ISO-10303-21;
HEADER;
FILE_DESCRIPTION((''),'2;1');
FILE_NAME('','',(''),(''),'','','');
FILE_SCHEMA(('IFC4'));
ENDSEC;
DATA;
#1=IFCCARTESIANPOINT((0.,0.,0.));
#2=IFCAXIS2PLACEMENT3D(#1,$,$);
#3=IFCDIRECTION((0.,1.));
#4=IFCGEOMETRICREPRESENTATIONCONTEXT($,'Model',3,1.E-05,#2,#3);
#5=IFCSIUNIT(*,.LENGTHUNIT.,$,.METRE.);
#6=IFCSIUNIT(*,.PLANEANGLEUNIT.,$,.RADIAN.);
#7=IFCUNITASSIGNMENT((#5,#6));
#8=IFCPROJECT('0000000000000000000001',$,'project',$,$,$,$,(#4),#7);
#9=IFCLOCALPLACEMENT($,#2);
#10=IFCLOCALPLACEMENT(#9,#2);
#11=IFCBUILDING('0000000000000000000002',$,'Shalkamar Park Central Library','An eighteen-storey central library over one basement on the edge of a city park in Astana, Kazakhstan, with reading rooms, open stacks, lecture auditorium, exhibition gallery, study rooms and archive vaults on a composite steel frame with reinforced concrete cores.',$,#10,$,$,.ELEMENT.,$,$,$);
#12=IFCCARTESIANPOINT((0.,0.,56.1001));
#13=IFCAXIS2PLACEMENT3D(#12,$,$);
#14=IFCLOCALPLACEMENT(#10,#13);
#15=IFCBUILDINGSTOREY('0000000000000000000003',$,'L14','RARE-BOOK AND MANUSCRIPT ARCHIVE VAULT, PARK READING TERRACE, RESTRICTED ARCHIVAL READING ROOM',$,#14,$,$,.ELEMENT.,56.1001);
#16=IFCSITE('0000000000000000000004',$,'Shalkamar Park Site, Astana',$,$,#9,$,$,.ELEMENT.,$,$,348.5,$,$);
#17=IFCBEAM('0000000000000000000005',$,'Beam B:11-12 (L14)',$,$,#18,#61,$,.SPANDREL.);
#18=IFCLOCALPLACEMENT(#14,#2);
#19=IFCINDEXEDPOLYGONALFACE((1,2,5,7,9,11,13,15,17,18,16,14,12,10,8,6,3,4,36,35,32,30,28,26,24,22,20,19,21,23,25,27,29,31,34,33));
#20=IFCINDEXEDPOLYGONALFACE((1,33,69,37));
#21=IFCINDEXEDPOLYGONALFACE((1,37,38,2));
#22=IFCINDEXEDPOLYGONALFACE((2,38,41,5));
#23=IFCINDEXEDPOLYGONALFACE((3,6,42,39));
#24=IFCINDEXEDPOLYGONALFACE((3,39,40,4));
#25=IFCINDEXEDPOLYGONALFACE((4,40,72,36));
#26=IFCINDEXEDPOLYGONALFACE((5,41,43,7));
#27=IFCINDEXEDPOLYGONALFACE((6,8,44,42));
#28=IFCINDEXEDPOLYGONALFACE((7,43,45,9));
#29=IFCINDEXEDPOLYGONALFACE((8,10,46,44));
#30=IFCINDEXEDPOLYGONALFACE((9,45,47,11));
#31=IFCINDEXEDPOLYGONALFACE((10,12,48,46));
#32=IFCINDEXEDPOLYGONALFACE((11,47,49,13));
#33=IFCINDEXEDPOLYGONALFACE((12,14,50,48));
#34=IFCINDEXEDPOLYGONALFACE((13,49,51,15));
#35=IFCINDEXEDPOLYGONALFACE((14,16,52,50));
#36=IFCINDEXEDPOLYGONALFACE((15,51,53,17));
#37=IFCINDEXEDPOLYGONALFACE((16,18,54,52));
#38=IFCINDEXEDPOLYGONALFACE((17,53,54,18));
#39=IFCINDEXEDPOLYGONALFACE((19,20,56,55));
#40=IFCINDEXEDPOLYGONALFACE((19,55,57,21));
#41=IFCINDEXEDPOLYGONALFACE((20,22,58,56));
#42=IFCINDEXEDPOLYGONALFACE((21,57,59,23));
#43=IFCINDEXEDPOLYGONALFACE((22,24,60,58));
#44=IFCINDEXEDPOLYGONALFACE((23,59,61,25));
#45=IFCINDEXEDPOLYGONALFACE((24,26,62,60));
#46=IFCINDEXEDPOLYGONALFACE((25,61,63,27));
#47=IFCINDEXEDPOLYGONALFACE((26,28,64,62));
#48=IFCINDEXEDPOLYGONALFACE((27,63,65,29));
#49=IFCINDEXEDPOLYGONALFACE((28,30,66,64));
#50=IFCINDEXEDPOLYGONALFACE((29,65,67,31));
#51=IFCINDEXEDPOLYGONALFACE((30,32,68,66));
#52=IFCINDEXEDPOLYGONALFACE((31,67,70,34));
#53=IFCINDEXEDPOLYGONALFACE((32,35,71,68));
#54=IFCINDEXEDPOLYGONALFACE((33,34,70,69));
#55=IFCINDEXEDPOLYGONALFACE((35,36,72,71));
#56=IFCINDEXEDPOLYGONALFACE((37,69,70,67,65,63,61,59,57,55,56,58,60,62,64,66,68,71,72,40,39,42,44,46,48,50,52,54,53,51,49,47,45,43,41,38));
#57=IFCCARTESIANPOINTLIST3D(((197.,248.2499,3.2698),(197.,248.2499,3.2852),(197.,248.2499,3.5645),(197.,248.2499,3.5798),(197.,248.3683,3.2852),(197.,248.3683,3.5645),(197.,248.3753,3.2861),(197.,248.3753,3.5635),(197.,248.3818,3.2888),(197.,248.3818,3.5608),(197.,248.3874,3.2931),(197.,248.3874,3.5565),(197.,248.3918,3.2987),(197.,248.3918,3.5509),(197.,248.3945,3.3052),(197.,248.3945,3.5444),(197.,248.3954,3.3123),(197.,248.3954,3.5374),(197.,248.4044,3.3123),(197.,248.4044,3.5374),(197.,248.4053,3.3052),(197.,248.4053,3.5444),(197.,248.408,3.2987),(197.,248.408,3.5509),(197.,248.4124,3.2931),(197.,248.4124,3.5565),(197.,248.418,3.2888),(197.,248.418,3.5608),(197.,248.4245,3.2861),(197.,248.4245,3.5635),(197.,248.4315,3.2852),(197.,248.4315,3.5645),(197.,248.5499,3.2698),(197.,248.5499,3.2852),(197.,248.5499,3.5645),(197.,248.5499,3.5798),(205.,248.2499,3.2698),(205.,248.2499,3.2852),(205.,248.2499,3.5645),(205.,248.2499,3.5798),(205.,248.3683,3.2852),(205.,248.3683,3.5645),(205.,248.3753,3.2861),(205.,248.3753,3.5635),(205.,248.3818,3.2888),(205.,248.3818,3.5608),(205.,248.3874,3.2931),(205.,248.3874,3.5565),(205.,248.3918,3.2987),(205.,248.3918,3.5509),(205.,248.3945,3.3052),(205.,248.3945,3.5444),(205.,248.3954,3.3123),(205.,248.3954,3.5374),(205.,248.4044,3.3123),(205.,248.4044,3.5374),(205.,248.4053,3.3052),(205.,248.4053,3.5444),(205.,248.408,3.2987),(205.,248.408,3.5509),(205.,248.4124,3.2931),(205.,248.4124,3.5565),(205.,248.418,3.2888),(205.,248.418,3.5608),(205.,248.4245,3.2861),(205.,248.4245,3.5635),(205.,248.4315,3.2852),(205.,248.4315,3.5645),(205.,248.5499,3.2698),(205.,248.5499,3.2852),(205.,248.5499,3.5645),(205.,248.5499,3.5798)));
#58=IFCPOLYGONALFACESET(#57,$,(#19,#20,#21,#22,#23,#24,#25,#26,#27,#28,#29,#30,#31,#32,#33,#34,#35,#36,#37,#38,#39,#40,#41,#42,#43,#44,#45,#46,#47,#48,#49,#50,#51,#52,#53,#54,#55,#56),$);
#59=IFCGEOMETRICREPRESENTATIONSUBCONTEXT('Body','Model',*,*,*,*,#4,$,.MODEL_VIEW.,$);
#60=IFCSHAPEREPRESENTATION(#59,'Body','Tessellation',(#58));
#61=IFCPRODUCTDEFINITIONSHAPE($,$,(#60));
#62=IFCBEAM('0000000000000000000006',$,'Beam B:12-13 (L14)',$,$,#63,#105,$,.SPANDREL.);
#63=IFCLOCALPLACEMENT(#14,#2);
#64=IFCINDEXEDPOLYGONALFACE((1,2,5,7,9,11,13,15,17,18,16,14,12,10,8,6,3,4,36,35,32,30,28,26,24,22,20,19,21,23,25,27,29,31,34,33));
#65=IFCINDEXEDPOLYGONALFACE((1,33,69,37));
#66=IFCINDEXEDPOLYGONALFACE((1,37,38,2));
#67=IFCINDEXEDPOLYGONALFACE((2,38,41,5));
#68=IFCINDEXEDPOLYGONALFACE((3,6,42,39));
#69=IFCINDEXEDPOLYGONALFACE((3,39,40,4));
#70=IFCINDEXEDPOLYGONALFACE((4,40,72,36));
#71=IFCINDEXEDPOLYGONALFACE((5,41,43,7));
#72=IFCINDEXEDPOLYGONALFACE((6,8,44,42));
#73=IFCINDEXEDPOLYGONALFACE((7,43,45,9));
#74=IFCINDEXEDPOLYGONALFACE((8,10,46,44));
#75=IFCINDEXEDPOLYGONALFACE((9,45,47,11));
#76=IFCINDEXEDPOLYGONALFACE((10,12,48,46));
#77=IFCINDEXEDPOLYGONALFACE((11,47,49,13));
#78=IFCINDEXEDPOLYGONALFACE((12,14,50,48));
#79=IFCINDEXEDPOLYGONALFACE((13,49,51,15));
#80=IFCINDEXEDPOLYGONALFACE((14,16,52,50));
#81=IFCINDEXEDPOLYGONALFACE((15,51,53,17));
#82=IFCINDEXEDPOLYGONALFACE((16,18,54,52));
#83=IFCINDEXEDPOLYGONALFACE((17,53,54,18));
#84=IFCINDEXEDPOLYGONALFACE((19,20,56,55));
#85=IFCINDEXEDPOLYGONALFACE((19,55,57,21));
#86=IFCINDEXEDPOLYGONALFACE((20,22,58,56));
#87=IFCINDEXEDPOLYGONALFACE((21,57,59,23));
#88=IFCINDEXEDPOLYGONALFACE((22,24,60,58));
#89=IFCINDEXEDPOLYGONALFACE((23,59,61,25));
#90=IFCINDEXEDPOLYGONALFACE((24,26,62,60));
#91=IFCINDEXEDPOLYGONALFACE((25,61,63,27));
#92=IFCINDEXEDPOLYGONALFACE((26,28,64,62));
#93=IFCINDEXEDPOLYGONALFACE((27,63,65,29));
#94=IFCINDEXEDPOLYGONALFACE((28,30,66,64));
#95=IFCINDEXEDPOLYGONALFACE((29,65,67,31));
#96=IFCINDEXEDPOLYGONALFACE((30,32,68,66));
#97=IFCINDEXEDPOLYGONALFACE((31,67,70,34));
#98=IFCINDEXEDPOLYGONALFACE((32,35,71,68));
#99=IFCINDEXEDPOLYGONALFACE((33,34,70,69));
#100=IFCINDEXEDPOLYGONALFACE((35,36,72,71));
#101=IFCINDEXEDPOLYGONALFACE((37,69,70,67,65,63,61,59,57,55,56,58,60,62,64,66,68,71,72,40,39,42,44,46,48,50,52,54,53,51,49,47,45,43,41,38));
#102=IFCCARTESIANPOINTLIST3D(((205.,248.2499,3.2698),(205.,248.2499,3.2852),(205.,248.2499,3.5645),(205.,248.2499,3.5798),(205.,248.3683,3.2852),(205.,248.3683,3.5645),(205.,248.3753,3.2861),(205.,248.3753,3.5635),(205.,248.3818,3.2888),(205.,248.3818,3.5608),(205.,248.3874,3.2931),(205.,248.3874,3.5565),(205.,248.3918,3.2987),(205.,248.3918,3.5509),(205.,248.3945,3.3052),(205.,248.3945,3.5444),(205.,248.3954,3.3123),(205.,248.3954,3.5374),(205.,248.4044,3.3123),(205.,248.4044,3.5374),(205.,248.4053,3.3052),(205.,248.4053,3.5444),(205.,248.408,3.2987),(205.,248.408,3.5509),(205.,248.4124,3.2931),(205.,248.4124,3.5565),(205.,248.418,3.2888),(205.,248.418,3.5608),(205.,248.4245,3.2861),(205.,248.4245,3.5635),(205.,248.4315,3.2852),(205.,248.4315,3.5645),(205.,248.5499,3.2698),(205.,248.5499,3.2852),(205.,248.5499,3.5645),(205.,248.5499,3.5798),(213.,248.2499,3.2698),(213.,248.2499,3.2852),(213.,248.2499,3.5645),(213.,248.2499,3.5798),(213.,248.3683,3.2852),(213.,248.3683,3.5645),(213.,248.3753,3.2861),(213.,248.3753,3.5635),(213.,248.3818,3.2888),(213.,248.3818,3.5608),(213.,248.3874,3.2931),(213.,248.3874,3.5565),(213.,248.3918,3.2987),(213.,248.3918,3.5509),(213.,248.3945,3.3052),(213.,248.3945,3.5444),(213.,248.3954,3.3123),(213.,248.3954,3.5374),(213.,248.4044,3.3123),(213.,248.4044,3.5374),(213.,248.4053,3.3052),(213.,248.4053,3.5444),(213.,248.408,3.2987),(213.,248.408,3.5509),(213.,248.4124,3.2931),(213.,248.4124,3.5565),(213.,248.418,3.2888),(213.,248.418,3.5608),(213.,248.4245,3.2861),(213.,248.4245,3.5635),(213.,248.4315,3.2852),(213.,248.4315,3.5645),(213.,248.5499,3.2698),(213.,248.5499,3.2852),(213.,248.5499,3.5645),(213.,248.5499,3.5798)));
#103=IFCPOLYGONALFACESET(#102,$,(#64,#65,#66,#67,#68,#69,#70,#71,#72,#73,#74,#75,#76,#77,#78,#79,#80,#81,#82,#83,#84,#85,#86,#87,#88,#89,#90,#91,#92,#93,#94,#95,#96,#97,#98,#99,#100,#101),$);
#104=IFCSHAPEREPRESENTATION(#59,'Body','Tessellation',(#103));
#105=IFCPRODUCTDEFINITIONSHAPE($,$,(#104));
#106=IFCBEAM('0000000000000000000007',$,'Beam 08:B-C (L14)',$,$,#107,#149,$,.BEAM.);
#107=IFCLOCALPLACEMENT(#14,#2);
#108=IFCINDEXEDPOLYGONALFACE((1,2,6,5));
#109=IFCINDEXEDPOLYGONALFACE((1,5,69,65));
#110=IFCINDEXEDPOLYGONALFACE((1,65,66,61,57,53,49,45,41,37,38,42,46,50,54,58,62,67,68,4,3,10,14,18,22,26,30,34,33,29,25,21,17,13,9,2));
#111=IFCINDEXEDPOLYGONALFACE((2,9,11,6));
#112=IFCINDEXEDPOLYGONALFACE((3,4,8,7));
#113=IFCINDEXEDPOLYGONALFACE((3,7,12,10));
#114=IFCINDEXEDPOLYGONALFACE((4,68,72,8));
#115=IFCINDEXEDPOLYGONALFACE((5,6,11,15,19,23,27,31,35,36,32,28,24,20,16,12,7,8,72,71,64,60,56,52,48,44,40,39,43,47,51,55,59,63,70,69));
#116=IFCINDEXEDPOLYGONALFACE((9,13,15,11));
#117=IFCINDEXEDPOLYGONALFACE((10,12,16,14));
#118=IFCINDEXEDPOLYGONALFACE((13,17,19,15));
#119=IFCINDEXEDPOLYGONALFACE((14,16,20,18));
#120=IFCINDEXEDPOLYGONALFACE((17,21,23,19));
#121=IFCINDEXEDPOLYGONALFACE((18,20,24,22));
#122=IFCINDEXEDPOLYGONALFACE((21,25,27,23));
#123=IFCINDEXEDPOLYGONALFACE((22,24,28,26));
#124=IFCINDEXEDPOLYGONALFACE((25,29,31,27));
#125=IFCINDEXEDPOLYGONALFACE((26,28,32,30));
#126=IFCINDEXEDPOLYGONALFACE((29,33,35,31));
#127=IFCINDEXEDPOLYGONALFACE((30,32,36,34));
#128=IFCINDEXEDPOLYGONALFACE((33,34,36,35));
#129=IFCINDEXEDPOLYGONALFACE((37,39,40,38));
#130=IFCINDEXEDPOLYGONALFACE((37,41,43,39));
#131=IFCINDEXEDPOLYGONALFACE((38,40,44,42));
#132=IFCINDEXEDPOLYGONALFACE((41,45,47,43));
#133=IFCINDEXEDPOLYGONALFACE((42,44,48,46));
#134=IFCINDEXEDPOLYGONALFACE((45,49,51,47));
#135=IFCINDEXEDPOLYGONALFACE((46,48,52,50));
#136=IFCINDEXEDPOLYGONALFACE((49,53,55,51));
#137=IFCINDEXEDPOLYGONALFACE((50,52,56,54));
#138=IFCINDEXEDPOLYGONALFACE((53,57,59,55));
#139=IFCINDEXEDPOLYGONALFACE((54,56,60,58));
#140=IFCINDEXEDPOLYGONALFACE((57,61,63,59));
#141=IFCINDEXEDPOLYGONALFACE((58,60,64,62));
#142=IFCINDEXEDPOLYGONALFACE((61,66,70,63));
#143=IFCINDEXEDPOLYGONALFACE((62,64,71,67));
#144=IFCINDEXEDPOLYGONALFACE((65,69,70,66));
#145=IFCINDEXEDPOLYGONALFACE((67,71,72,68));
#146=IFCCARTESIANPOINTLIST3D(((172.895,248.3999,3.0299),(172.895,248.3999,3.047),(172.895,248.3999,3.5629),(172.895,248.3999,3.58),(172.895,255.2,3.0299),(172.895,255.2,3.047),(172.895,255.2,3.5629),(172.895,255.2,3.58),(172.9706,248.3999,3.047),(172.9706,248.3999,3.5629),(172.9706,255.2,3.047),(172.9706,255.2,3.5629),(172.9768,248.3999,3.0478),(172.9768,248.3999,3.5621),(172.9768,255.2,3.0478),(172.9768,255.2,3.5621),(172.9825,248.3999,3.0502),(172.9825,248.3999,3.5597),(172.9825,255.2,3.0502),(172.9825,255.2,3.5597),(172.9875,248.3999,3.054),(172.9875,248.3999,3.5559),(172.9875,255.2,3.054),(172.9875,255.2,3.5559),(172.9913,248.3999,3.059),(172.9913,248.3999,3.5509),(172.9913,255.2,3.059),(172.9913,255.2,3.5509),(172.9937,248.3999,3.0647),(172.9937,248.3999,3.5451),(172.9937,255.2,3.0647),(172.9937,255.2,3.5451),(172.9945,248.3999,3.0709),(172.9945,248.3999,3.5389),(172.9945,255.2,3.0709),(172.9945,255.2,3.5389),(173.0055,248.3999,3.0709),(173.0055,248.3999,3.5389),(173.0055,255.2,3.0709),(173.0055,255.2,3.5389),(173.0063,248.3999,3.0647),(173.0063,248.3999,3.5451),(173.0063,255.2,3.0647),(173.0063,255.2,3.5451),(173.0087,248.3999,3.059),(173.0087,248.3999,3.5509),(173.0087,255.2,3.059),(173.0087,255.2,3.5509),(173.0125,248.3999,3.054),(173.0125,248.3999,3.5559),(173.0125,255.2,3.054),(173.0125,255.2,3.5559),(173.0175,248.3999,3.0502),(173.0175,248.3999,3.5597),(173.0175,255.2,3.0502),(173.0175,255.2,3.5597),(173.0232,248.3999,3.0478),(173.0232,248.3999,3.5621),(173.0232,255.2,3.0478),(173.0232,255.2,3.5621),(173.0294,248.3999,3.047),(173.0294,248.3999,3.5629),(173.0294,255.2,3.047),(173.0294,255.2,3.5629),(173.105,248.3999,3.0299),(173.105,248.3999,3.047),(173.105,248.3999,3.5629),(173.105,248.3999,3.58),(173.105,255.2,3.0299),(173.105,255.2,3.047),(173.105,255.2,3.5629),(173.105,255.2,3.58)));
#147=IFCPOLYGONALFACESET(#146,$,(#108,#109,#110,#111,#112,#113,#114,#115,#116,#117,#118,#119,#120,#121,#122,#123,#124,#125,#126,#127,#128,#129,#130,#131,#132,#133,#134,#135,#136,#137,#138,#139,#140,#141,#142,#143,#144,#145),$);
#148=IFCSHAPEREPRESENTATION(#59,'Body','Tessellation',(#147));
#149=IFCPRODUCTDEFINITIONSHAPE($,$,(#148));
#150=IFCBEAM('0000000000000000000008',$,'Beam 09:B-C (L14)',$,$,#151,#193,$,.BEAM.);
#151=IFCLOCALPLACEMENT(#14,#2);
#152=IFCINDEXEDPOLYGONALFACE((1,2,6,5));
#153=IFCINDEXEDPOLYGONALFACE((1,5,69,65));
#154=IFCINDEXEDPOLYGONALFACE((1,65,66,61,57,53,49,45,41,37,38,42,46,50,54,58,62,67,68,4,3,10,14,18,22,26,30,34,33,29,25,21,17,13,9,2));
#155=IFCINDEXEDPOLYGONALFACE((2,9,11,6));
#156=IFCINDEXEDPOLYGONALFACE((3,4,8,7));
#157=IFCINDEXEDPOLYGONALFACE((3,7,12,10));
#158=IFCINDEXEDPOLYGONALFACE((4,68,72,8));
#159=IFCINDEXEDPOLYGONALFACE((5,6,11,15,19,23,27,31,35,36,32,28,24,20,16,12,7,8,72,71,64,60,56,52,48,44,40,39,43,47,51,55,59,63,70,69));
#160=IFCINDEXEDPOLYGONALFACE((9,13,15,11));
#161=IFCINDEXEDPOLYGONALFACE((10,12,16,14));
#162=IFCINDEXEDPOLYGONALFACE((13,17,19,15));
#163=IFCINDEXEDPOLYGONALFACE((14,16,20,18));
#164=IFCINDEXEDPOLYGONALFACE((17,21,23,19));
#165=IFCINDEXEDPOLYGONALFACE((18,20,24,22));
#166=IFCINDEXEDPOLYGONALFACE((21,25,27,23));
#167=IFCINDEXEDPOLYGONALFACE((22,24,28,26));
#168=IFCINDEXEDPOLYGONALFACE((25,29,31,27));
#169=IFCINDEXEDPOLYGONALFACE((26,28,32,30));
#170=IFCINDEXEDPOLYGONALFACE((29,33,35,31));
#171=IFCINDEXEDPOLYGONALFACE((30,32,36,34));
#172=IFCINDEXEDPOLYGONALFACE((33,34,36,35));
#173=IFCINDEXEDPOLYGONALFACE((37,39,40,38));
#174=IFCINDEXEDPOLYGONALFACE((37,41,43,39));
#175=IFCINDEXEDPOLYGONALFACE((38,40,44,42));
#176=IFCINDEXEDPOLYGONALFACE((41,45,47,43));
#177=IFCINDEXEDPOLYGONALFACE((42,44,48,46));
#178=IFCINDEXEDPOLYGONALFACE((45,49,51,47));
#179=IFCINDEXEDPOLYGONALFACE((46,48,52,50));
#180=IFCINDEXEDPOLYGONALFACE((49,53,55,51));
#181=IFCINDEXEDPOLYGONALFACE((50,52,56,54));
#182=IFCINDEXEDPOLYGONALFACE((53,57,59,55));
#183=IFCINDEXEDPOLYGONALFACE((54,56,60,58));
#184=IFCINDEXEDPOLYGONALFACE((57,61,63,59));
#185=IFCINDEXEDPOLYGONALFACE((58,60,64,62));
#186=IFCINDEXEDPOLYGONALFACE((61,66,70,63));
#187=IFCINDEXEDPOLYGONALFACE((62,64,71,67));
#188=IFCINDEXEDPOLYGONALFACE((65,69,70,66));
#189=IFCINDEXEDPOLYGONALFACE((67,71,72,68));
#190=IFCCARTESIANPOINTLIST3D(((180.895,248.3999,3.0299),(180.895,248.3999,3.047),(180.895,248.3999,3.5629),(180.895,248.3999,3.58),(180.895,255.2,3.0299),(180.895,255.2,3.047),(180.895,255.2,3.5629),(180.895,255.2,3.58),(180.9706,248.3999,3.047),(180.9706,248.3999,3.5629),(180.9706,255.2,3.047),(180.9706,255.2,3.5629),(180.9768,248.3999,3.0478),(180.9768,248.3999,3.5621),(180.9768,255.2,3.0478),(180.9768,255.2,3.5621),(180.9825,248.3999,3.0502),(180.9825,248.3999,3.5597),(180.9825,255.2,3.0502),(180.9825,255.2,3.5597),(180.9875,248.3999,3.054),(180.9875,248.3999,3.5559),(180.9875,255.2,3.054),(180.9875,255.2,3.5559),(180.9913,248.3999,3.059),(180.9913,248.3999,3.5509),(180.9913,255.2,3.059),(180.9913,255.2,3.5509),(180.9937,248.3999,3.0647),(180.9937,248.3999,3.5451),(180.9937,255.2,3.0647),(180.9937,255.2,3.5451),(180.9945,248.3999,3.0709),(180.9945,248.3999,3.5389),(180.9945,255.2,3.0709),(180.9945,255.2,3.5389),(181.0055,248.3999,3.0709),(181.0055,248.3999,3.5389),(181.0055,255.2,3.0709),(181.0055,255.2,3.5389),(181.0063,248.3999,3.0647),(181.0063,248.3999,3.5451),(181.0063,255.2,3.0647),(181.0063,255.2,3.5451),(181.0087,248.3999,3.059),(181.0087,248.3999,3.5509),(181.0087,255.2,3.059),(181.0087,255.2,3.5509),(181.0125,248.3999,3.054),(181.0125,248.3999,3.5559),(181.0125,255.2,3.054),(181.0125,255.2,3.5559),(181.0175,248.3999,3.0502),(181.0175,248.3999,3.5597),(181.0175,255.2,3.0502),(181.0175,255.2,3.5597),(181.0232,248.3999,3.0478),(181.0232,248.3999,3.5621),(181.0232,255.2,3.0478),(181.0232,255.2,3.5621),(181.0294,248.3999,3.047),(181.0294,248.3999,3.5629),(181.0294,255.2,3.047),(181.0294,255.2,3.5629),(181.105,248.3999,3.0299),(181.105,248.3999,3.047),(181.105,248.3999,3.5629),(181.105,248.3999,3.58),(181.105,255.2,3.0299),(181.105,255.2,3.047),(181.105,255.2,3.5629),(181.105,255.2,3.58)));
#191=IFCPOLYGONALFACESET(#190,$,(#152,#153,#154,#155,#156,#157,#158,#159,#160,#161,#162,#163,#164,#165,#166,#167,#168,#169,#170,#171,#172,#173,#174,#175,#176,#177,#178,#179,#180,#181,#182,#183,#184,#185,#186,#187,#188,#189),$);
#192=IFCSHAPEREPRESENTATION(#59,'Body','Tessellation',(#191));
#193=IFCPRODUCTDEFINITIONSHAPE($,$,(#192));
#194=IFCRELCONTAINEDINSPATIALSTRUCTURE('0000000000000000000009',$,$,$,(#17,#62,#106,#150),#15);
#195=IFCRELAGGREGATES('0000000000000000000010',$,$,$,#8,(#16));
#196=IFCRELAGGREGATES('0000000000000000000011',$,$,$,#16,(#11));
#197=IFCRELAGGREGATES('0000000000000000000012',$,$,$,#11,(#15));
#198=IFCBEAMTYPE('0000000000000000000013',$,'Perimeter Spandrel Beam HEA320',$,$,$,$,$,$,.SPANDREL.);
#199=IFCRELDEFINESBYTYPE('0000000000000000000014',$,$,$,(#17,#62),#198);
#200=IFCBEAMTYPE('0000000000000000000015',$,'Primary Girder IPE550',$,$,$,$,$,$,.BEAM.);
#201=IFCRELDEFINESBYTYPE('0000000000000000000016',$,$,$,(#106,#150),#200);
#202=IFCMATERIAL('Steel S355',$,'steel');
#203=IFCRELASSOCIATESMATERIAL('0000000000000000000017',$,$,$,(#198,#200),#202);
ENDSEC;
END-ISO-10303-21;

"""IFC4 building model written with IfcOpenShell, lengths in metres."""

from ifc_helpers import new_model, si_unit, direction, frame, origin, origin_2d, place, context, subcontext, project, spatial, i_section, extrude, material, material_profile, profile_set, type_object, element, save


model = new_model("IFC4")

# Units and contexts
model_context = context("Model", 3, precision=1e-05, world=origin(), true_north=direction((0.0, 1.0)))
body_context = subcontext(model_context, "Body", "Model", "MODEL_VIEW")
ifc_project = project(units=[si_unit("LENGTHUNIT", "METRE"), si_unit("PLANEANGLEUNIT", "RADIAN")], contexts=[model_context])

# Site, building, storey
site_placement = place(None, origin())
site = spatial("IfcSite", under=ifc_project, at=site_placement, Name="Shalkamar Park Site, Astana", CompositionType="ELEMENT", RefElevation=348.5)
building_placement = place(site_placement, origin())
building = spatial("IfcBuilding", under=site, at=building_placement, Name="Shalkamar Park Central Library", Description="An eighteen-storey central library over one basement on the edge of a city park in Astana, Kazakhstan, with reading rooms, open stacks, lecture auditorium, exhibition gallery, study rooms and archive vaults on a composite steel frame with reinforced concrete cores.", CompositionType="ELEMENT")
storey_placement = place(building_placement, frame((0.0, 0.0, 56.1001)))
storey = spatial("IfcBuildingStorey", under=building, at=storey_placement, Name="L14", Description="RARE-BOOK AND MANUSCRIPT ARCHIVE VAULT, PARK READING TERRACE, RESTRICTED ARCHIVAL READING ROOM", CompositionType="ELEMENT", Elevation=56.1001)

# Shared definitions
ifc_material_1 = material(Name="Steel S355", Category="steel")

# Beams
ifc_material_profile_1 = material_profile(ifc_material_1, i_section(OverallWidth=0.3, OverallDepth=0.3101, WebThickness=0.009, FlangeThickness=0.0154, FilletRadius=0.0271, at=origin_2d()), Name="HEA 320")
ifc_profile_set_1 = profile_set([ifc_material_profile_1], Name="Steel S355")
beam_type_1 = type_object("IfcBeamType", Name="Perimeter Spandrel Beam HEA320", PredefinedType="SPANDREL", material=ifc_profile_set_1)
for number, where, z_axis, x_axis, name in (
    (1, (197.0, 248.3999, 3.4248), (1.0, 0.0, 0.0), (0.0, 1.0, 0.0), "Beam B:11-12 (L14)"),
    (2, (205.0, 248.3999, 3.4248), (1.0, 0.0, 0.0), (0.0, 1.0, 0.0), "Beam B:12-13 (L14)"),
):
    element("IfcBeam", number, at=place(storey_placement, frame(where, z_axis=z_axis, x_axis=x_axis)), inside=storey, type_object=beam_type_1, Name=name, PredefinedType="SPANDREL", context=body_context, shape_type="SweptSolid", body=[
        extrude(i_section(OverallWidth=0.3, OverallDepth=0.3101, WebThickness=0.009, FlangeThickness=0.0154, FilletRadius=0.0271, at=origin_2d()), origin(), (0.0, 0.0, 1.0), 8.0),
    ])
ifc_material_profile_2 = material_profile(ifc_material_1, i_section(OverallWidth=0.21, OverallDepth=0.55, WebThickness=0.011, FlangeThickness=0.0171, FilletRadius=0.0239, at=origin_2d()), Name="IPE 550")
ifc_profile_set_2 = profile_set([ifc_material_profile_2], Name="Steel S355")
beam_type_2 = type_object("IfcBeamType", Name="Primary Girder IPE550", PredefinedType="BEAM", material=ifc_profile_set_2)
for number, where, z_axis, x_axis, name in (
    (3, (173.0, 248.3999, 3.3049), (0.0, 1.0, 0.0), (-1.0, 0.0, 0.0), "Beam 08:B-C (L14)"),
    (4, (181.0, 248.3999, 3.3049), (0.0, 1.0, 0.0), (-1.0, 0.0, 0.0), "Beam 09:B-C (L14)"),
):
    element("IfcBeam", number, at=place(storey_placement, frame(where, z_axis=z_axis, x_axis=x_axis)), inside=storey, type_object=beam_type_2, Name=name, PredefinedType="BEAM", context=body_context, shape_type="SweptSolid", body=[
        extrude(i_section(OverallWidth=0.21, OverallDepth=0.55, WebThickness=0.011, FlangeThickness=0.0171, FilletRadius=0.0239, at=origin_2d()), origin(), (0.0, 0.0, 1.0), 6.8),
    ])

save(model, "model.ifc")
